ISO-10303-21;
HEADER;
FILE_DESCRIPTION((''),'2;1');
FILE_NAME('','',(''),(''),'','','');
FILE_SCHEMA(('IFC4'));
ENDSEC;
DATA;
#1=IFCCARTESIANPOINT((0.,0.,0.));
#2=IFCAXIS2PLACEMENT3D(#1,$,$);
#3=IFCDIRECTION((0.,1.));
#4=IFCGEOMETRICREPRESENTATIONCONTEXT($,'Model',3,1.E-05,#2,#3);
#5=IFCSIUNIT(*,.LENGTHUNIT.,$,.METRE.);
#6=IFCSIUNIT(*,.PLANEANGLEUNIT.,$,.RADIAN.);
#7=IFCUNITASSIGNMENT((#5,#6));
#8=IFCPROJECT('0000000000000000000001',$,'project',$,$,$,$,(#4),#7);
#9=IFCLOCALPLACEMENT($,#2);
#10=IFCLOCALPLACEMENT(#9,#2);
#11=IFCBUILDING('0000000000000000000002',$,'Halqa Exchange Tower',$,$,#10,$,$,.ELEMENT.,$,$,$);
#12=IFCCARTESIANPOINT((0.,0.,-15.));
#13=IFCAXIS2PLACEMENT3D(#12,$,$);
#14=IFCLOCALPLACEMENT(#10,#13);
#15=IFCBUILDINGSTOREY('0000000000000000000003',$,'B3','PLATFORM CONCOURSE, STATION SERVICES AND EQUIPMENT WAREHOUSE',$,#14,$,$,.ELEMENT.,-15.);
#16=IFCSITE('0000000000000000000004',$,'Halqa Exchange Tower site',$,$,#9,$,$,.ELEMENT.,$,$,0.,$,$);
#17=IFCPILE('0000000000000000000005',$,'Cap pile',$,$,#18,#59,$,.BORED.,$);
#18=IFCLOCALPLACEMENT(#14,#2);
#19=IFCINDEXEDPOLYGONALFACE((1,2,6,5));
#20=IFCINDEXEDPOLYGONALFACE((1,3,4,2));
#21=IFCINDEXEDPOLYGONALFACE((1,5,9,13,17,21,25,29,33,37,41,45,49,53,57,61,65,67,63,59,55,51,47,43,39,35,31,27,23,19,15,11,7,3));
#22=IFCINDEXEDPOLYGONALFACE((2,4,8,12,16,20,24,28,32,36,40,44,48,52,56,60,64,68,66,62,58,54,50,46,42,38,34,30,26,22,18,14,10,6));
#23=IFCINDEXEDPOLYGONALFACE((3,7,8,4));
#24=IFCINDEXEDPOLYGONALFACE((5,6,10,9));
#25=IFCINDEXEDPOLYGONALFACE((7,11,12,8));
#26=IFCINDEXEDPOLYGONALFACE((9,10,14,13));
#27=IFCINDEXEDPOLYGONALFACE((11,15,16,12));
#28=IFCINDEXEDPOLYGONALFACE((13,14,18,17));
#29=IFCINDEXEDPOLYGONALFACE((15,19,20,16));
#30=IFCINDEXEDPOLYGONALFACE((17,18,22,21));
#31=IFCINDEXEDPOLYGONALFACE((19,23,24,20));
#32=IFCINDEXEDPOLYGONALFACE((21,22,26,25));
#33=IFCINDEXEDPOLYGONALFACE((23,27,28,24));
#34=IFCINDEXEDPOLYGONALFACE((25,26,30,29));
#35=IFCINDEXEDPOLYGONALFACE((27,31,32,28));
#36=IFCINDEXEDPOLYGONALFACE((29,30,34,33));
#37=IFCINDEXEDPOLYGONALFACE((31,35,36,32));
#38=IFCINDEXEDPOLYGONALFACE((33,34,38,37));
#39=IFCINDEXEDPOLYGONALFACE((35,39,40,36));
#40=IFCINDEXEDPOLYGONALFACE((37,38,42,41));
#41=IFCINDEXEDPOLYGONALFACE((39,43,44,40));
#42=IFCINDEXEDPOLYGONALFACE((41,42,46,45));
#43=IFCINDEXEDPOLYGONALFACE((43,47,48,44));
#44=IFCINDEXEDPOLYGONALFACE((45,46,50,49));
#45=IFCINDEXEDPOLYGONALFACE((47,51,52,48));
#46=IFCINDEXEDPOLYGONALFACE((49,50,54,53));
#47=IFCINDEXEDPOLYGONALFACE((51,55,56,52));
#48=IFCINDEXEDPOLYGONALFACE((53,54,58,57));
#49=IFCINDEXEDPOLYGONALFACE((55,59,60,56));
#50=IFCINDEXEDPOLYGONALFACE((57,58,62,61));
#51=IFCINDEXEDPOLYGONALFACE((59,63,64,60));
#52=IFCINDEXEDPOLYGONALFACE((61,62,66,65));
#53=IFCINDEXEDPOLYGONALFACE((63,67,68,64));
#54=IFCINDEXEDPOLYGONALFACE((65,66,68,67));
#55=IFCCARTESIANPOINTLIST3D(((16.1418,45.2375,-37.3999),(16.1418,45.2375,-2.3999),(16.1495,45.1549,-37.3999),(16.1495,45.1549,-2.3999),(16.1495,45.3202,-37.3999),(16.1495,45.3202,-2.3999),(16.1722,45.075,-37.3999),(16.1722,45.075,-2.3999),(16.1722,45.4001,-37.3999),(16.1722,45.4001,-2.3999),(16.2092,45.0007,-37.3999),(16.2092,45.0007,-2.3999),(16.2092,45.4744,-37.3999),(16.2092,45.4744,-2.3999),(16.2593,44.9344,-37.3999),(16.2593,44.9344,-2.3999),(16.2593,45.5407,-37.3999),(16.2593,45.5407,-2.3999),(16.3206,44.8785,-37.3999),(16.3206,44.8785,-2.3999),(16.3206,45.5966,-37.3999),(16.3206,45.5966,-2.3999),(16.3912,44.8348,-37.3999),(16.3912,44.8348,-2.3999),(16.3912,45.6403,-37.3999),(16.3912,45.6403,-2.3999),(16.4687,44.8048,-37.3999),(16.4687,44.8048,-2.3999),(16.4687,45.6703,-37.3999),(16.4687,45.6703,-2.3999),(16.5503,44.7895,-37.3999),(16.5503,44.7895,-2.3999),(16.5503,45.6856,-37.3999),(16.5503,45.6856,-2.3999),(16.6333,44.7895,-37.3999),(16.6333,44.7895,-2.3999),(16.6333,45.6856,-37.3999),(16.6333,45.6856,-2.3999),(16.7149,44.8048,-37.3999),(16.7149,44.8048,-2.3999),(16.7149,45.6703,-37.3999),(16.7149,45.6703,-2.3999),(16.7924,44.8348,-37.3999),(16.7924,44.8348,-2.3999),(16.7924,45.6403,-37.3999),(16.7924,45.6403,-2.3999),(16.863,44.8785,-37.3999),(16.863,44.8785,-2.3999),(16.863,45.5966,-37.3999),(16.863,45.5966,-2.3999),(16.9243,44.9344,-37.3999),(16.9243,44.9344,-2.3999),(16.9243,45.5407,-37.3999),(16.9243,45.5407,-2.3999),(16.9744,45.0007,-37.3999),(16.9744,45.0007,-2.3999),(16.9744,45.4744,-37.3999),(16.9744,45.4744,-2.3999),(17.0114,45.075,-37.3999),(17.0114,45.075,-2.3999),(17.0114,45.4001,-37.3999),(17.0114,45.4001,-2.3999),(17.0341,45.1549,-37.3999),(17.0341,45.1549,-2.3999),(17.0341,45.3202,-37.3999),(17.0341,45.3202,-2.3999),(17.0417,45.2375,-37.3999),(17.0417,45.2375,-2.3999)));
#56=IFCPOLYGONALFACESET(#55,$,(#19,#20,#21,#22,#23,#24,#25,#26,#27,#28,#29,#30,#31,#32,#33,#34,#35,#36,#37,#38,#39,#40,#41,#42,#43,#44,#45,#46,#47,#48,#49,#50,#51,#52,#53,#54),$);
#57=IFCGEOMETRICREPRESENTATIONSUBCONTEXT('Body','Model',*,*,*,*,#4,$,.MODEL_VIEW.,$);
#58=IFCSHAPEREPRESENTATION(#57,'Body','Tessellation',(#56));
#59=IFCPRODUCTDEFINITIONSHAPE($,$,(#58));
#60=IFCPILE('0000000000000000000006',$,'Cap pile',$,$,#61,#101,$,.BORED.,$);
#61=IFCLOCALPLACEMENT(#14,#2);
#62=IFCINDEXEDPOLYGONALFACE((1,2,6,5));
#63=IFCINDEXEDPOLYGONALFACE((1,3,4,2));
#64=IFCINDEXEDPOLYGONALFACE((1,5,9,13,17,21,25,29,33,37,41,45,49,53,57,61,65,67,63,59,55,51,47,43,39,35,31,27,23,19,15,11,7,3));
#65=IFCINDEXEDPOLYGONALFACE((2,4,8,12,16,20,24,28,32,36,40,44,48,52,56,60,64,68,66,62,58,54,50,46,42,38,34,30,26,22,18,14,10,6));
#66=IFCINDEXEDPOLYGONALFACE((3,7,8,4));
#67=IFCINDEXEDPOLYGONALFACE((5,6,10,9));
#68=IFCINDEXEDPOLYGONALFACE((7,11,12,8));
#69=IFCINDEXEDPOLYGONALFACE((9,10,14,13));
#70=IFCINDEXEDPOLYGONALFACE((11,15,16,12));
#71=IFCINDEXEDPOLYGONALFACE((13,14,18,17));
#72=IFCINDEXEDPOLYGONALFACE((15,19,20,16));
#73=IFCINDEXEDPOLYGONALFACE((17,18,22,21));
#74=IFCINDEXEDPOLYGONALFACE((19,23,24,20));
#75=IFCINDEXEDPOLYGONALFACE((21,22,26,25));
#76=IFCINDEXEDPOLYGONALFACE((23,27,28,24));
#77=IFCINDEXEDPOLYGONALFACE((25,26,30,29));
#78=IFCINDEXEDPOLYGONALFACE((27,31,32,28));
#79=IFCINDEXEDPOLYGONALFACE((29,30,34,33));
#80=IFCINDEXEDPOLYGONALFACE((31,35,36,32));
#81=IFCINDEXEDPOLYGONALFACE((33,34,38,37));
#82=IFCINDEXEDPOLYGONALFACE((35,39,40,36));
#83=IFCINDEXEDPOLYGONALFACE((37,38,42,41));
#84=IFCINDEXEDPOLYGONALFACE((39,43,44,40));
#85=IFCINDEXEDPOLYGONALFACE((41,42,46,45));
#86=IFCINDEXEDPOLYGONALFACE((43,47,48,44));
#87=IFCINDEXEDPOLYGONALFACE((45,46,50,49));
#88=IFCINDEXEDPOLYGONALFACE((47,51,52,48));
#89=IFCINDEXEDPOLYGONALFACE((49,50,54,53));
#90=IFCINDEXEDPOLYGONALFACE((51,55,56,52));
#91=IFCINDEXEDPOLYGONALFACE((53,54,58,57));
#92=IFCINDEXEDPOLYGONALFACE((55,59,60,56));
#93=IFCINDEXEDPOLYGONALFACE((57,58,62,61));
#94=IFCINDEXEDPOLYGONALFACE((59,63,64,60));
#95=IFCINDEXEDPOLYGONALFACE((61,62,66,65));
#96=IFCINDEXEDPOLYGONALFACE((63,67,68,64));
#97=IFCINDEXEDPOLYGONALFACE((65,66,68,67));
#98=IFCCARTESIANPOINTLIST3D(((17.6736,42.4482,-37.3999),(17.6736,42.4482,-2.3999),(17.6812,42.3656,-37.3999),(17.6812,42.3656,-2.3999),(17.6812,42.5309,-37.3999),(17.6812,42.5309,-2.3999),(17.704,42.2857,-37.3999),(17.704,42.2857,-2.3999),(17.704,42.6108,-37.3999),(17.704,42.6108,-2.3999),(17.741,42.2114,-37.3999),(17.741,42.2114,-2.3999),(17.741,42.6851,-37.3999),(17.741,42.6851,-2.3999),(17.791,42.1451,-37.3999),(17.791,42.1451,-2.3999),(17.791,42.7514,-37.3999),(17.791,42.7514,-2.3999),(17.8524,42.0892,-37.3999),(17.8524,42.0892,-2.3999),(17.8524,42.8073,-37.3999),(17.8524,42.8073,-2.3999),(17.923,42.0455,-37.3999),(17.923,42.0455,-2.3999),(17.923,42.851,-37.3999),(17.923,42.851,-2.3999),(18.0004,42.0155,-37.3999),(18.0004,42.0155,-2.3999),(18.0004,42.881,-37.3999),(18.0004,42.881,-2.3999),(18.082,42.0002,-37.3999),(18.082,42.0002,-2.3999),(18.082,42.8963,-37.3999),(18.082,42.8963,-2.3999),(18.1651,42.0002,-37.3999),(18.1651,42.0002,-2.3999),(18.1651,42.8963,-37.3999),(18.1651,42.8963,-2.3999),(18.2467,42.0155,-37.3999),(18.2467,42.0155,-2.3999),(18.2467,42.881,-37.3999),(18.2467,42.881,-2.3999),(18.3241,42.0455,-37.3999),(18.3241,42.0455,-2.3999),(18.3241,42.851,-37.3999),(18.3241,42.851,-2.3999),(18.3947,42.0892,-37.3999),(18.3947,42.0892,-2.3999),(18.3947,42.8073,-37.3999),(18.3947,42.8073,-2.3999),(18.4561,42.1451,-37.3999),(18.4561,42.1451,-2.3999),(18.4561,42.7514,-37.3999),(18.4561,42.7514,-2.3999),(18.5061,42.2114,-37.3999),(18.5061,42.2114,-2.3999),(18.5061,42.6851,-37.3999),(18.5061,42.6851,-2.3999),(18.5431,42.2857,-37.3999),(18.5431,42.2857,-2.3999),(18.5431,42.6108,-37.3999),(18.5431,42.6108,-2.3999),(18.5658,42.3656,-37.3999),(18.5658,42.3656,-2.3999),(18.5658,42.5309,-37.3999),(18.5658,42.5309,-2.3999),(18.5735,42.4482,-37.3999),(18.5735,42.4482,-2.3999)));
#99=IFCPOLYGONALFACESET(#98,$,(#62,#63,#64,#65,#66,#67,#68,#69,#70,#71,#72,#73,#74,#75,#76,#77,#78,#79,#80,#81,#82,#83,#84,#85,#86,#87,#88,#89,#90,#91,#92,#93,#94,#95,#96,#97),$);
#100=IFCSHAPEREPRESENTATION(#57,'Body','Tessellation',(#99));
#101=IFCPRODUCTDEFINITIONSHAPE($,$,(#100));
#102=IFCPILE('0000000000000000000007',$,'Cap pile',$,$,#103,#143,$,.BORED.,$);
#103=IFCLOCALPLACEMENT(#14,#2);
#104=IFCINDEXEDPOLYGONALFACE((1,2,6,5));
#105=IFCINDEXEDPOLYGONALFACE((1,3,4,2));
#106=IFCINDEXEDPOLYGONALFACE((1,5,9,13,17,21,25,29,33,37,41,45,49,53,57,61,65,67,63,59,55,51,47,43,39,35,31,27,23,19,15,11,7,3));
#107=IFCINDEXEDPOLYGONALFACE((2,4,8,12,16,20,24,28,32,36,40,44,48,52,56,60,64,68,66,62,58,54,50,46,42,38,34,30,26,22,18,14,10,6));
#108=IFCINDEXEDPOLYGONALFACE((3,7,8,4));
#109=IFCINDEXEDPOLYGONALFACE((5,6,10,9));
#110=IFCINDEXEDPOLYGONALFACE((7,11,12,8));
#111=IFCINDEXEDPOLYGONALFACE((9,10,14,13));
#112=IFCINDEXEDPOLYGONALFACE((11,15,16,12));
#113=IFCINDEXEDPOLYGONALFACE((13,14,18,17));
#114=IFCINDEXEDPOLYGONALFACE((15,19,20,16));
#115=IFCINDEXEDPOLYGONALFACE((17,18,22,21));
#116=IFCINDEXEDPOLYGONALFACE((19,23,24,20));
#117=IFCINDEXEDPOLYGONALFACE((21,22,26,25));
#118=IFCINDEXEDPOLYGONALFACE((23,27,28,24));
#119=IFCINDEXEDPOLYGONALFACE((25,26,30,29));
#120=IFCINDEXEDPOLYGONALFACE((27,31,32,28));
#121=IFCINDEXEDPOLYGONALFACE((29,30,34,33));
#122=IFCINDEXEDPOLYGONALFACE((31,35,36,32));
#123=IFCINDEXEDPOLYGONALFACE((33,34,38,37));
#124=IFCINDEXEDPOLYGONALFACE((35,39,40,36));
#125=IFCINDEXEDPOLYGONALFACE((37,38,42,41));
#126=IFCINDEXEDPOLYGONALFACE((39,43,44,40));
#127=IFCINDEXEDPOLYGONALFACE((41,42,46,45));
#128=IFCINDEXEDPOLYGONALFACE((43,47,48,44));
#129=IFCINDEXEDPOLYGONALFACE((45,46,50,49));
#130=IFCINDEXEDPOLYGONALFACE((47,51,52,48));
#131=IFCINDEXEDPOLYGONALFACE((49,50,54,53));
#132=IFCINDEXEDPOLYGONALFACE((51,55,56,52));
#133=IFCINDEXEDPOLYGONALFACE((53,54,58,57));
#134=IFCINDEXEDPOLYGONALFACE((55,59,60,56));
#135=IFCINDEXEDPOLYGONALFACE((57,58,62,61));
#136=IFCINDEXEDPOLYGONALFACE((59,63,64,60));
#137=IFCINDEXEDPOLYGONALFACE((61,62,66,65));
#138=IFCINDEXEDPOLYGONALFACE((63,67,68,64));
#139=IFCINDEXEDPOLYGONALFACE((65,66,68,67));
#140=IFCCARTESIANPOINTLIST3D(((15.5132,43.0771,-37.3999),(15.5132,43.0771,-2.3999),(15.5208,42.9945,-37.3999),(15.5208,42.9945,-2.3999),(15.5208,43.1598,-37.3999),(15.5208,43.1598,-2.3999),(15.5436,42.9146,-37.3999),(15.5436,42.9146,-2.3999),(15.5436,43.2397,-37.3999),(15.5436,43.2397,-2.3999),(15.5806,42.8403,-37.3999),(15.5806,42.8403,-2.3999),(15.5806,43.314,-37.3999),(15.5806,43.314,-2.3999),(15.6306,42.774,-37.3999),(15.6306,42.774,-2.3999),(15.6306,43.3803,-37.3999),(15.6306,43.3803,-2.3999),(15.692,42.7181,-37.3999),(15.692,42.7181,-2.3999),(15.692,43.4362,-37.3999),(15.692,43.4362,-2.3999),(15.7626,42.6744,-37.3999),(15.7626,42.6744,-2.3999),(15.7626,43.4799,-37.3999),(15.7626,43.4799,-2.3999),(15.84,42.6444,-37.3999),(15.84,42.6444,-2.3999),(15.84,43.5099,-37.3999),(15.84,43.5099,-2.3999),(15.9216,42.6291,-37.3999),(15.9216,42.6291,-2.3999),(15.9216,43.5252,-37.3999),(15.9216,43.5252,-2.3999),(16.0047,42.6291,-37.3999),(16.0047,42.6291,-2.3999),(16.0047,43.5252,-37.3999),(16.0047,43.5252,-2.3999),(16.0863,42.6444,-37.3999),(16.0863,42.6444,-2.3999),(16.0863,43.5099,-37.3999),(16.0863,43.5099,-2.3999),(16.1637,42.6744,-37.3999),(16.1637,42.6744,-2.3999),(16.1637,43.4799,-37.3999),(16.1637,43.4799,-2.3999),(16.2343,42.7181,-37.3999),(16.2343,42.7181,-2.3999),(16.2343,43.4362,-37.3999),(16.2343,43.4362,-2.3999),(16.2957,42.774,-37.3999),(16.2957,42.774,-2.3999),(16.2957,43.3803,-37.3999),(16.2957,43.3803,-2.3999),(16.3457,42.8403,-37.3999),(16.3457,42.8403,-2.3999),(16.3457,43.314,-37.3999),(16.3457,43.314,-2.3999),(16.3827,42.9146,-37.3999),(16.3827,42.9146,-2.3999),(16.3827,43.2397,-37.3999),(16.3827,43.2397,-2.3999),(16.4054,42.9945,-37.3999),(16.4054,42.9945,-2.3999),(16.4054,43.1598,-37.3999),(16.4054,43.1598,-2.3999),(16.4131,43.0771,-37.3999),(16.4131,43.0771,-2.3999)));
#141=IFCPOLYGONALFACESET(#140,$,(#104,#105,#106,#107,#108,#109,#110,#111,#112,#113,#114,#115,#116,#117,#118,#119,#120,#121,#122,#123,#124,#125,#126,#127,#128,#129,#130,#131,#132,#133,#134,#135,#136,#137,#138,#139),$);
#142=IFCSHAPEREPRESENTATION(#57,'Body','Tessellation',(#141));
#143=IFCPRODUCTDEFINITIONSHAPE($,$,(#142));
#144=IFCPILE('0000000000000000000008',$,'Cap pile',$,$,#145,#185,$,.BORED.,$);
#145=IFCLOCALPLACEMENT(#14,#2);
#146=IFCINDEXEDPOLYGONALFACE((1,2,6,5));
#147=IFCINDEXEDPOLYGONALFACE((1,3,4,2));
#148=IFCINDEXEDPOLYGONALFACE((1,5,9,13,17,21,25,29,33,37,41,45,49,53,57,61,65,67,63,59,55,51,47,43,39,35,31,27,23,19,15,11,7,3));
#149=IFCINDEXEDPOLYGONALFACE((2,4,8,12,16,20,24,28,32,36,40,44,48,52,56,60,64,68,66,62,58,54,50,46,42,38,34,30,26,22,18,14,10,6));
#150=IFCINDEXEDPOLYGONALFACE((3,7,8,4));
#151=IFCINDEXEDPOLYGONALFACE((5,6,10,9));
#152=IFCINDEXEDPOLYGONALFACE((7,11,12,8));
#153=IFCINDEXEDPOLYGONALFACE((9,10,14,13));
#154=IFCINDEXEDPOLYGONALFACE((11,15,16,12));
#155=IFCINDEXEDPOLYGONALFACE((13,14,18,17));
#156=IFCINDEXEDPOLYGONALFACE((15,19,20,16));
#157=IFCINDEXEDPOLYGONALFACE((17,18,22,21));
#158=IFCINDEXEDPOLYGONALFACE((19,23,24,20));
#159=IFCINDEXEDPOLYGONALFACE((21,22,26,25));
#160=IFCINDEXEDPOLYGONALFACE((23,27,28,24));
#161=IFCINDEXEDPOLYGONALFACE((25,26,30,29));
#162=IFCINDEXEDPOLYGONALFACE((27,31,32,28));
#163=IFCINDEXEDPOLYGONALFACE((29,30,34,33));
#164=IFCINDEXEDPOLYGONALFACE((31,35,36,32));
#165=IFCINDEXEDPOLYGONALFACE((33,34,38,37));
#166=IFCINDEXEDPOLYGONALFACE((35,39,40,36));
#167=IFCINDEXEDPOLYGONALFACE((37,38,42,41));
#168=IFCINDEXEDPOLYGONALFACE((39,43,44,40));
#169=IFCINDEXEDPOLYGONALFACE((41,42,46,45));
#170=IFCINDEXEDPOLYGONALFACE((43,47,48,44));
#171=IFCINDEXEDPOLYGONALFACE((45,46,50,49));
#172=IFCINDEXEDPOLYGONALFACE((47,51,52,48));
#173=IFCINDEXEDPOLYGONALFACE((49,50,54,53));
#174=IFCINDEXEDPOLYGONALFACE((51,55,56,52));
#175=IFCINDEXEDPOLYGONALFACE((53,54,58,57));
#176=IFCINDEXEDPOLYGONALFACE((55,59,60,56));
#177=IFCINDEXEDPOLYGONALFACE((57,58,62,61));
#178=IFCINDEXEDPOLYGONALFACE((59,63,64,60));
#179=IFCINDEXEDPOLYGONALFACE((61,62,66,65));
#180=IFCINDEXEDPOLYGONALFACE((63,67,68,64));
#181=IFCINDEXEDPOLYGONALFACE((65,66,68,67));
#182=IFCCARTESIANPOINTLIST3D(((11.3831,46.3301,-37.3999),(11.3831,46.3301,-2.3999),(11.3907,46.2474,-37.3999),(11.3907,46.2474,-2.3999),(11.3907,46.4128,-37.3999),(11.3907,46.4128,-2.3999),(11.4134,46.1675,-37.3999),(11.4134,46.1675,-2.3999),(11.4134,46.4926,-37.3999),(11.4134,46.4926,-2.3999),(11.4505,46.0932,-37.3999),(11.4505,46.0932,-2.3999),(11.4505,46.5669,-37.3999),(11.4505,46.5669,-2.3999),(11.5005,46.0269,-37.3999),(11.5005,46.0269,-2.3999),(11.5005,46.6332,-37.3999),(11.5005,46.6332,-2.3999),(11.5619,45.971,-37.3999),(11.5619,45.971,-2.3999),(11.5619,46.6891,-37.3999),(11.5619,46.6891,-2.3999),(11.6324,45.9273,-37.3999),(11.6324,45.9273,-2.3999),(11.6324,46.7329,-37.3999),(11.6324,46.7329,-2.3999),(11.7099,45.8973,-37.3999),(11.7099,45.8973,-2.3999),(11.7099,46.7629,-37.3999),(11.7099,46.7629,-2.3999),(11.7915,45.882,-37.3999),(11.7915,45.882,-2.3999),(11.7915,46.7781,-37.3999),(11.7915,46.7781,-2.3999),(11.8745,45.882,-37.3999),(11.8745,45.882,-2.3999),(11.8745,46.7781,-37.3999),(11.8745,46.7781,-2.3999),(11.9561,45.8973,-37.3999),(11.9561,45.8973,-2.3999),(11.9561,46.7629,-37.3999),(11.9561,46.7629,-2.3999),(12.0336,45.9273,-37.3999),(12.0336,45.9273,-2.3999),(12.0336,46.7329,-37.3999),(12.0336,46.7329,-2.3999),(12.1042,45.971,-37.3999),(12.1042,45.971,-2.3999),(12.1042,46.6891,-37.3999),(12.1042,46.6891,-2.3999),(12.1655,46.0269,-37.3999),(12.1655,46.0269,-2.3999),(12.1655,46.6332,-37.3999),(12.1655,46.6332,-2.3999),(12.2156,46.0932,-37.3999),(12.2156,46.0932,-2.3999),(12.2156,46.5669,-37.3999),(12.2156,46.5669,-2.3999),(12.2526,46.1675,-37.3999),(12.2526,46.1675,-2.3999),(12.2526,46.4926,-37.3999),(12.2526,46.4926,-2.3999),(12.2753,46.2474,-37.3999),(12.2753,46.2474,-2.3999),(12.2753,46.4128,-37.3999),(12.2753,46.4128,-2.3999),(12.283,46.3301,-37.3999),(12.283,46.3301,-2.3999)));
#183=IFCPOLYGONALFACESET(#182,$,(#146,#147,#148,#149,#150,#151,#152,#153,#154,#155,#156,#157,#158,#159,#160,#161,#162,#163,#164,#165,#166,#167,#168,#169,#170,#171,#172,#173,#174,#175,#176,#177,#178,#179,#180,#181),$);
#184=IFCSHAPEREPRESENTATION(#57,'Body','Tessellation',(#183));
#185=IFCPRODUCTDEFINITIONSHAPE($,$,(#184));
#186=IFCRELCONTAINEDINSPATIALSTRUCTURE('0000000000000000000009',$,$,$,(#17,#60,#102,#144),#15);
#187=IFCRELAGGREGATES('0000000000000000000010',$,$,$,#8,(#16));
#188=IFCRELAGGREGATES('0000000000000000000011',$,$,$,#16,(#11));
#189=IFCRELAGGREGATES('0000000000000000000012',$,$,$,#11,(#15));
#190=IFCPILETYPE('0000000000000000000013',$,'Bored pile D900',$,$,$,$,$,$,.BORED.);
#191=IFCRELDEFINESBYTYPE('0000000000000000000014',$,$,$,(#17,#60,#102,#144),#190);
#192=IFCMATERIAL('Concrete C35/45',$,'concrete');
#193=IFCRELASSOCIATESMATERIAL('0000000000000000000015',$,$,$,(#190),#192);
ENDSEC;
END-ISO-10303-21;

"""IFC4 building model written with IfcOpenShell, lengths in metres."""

from ifc_helpers import new_model, si_unit, direction, frame, origin, origin_2d, place, context, subcontext, project, spatial, circle, extrude, material, material_profile, profile_set, type_object, element, save


model = new_model("IFC4")

# Units and contexts
model_context = context("Model", 3, precision=1e-05, world=origin(), true_north=direction((0.0, 1.0)))
body_context = subcontext(model_context, "Body", "Model", "MODEL_VIEW")
ifc_project = project(units=[si_unit("LENGTHUNIT", "METRE"), si_unit("PLANEANGLEUNIT", "RADIAN")], contexts=[model_context])

# Site, building, storey
site_placement = place(None, origin())
site = spatial("IfcSite", under=ifc_project, at=site_placement, Name="Halqa Exchange Tower site", CompositionType="ELEMENT", RefElevation=0.0)
building_placement = place(site_placement, origin())
building = spatial("IfcBuilding", under=site, at=building_placement, Name="Halqa Exchange Tower", CompositionType="ELEMENT")
storey_placement = place(building_placement, frame((0.0, 0.0, -15.0)))
storey = spatial("IfcBuildingStorey", under=building, at=storey_placement, Name="B3", Description="PLATFORM CONCOURSE, STATION SERVICES AND EQUIPMENT WAREHOUSE", CompositionType="ELEMENT", Elevation=-15.0)

# Piles
ifc_material_1 = material(Name="Concrete C35/45", Category="concrete")
ifc_material_profile_1 = material_profile(ifc_material_1, circle(Radius=0.45, at=origin_2d()), Name="D900")
ifc_profile_set_1 = profile_set([ifc_material_profile_1], Name="Concrete C35/45")
pile_type = type_object("IfcPileType", Name="Bored pile D900", PredefinedType="BORED", material=ifc_profile_set_1)
for number, where, z_axis, x_axis, name in (
    (1, (16.5918, 45.2375, -2.3999), (0.0, 0.0, -1.0), (1.0, 0.0, 0.0), "Cap pile"),
    (2, (18.1235, 42.4482, -2.3999), (0.0, 0.0, -1.0), (1.0, 0.0, 0.0), "Cap pile"),
    (3, (15.9631, 43.0771, -2.3999), (0.0, 0.0, -1.0), (1.0, 0.0, 0.0), "Cap pile"),
    (4, (11.833, 46.3301, -2.3999), (0.0, 0.0, -1.0), (1.0, 0.0, 0.0), "Cap pile"),
):
    element("IfcPile", number, at=place(storey_placement, frame(where, z_axis=z_axis, x_axis=x_axis)), inside=storey, type_object=pile_type, Name=name, PredefinedType="BORED", context=body_context, shape_type="SweptSolid", body=[
        extrude(circle(Radius=0.45, at=origin_2d()), origin(), (0.0, 0.0, 1.0), 35.0),
    ])

save(model, "model.ifc")
